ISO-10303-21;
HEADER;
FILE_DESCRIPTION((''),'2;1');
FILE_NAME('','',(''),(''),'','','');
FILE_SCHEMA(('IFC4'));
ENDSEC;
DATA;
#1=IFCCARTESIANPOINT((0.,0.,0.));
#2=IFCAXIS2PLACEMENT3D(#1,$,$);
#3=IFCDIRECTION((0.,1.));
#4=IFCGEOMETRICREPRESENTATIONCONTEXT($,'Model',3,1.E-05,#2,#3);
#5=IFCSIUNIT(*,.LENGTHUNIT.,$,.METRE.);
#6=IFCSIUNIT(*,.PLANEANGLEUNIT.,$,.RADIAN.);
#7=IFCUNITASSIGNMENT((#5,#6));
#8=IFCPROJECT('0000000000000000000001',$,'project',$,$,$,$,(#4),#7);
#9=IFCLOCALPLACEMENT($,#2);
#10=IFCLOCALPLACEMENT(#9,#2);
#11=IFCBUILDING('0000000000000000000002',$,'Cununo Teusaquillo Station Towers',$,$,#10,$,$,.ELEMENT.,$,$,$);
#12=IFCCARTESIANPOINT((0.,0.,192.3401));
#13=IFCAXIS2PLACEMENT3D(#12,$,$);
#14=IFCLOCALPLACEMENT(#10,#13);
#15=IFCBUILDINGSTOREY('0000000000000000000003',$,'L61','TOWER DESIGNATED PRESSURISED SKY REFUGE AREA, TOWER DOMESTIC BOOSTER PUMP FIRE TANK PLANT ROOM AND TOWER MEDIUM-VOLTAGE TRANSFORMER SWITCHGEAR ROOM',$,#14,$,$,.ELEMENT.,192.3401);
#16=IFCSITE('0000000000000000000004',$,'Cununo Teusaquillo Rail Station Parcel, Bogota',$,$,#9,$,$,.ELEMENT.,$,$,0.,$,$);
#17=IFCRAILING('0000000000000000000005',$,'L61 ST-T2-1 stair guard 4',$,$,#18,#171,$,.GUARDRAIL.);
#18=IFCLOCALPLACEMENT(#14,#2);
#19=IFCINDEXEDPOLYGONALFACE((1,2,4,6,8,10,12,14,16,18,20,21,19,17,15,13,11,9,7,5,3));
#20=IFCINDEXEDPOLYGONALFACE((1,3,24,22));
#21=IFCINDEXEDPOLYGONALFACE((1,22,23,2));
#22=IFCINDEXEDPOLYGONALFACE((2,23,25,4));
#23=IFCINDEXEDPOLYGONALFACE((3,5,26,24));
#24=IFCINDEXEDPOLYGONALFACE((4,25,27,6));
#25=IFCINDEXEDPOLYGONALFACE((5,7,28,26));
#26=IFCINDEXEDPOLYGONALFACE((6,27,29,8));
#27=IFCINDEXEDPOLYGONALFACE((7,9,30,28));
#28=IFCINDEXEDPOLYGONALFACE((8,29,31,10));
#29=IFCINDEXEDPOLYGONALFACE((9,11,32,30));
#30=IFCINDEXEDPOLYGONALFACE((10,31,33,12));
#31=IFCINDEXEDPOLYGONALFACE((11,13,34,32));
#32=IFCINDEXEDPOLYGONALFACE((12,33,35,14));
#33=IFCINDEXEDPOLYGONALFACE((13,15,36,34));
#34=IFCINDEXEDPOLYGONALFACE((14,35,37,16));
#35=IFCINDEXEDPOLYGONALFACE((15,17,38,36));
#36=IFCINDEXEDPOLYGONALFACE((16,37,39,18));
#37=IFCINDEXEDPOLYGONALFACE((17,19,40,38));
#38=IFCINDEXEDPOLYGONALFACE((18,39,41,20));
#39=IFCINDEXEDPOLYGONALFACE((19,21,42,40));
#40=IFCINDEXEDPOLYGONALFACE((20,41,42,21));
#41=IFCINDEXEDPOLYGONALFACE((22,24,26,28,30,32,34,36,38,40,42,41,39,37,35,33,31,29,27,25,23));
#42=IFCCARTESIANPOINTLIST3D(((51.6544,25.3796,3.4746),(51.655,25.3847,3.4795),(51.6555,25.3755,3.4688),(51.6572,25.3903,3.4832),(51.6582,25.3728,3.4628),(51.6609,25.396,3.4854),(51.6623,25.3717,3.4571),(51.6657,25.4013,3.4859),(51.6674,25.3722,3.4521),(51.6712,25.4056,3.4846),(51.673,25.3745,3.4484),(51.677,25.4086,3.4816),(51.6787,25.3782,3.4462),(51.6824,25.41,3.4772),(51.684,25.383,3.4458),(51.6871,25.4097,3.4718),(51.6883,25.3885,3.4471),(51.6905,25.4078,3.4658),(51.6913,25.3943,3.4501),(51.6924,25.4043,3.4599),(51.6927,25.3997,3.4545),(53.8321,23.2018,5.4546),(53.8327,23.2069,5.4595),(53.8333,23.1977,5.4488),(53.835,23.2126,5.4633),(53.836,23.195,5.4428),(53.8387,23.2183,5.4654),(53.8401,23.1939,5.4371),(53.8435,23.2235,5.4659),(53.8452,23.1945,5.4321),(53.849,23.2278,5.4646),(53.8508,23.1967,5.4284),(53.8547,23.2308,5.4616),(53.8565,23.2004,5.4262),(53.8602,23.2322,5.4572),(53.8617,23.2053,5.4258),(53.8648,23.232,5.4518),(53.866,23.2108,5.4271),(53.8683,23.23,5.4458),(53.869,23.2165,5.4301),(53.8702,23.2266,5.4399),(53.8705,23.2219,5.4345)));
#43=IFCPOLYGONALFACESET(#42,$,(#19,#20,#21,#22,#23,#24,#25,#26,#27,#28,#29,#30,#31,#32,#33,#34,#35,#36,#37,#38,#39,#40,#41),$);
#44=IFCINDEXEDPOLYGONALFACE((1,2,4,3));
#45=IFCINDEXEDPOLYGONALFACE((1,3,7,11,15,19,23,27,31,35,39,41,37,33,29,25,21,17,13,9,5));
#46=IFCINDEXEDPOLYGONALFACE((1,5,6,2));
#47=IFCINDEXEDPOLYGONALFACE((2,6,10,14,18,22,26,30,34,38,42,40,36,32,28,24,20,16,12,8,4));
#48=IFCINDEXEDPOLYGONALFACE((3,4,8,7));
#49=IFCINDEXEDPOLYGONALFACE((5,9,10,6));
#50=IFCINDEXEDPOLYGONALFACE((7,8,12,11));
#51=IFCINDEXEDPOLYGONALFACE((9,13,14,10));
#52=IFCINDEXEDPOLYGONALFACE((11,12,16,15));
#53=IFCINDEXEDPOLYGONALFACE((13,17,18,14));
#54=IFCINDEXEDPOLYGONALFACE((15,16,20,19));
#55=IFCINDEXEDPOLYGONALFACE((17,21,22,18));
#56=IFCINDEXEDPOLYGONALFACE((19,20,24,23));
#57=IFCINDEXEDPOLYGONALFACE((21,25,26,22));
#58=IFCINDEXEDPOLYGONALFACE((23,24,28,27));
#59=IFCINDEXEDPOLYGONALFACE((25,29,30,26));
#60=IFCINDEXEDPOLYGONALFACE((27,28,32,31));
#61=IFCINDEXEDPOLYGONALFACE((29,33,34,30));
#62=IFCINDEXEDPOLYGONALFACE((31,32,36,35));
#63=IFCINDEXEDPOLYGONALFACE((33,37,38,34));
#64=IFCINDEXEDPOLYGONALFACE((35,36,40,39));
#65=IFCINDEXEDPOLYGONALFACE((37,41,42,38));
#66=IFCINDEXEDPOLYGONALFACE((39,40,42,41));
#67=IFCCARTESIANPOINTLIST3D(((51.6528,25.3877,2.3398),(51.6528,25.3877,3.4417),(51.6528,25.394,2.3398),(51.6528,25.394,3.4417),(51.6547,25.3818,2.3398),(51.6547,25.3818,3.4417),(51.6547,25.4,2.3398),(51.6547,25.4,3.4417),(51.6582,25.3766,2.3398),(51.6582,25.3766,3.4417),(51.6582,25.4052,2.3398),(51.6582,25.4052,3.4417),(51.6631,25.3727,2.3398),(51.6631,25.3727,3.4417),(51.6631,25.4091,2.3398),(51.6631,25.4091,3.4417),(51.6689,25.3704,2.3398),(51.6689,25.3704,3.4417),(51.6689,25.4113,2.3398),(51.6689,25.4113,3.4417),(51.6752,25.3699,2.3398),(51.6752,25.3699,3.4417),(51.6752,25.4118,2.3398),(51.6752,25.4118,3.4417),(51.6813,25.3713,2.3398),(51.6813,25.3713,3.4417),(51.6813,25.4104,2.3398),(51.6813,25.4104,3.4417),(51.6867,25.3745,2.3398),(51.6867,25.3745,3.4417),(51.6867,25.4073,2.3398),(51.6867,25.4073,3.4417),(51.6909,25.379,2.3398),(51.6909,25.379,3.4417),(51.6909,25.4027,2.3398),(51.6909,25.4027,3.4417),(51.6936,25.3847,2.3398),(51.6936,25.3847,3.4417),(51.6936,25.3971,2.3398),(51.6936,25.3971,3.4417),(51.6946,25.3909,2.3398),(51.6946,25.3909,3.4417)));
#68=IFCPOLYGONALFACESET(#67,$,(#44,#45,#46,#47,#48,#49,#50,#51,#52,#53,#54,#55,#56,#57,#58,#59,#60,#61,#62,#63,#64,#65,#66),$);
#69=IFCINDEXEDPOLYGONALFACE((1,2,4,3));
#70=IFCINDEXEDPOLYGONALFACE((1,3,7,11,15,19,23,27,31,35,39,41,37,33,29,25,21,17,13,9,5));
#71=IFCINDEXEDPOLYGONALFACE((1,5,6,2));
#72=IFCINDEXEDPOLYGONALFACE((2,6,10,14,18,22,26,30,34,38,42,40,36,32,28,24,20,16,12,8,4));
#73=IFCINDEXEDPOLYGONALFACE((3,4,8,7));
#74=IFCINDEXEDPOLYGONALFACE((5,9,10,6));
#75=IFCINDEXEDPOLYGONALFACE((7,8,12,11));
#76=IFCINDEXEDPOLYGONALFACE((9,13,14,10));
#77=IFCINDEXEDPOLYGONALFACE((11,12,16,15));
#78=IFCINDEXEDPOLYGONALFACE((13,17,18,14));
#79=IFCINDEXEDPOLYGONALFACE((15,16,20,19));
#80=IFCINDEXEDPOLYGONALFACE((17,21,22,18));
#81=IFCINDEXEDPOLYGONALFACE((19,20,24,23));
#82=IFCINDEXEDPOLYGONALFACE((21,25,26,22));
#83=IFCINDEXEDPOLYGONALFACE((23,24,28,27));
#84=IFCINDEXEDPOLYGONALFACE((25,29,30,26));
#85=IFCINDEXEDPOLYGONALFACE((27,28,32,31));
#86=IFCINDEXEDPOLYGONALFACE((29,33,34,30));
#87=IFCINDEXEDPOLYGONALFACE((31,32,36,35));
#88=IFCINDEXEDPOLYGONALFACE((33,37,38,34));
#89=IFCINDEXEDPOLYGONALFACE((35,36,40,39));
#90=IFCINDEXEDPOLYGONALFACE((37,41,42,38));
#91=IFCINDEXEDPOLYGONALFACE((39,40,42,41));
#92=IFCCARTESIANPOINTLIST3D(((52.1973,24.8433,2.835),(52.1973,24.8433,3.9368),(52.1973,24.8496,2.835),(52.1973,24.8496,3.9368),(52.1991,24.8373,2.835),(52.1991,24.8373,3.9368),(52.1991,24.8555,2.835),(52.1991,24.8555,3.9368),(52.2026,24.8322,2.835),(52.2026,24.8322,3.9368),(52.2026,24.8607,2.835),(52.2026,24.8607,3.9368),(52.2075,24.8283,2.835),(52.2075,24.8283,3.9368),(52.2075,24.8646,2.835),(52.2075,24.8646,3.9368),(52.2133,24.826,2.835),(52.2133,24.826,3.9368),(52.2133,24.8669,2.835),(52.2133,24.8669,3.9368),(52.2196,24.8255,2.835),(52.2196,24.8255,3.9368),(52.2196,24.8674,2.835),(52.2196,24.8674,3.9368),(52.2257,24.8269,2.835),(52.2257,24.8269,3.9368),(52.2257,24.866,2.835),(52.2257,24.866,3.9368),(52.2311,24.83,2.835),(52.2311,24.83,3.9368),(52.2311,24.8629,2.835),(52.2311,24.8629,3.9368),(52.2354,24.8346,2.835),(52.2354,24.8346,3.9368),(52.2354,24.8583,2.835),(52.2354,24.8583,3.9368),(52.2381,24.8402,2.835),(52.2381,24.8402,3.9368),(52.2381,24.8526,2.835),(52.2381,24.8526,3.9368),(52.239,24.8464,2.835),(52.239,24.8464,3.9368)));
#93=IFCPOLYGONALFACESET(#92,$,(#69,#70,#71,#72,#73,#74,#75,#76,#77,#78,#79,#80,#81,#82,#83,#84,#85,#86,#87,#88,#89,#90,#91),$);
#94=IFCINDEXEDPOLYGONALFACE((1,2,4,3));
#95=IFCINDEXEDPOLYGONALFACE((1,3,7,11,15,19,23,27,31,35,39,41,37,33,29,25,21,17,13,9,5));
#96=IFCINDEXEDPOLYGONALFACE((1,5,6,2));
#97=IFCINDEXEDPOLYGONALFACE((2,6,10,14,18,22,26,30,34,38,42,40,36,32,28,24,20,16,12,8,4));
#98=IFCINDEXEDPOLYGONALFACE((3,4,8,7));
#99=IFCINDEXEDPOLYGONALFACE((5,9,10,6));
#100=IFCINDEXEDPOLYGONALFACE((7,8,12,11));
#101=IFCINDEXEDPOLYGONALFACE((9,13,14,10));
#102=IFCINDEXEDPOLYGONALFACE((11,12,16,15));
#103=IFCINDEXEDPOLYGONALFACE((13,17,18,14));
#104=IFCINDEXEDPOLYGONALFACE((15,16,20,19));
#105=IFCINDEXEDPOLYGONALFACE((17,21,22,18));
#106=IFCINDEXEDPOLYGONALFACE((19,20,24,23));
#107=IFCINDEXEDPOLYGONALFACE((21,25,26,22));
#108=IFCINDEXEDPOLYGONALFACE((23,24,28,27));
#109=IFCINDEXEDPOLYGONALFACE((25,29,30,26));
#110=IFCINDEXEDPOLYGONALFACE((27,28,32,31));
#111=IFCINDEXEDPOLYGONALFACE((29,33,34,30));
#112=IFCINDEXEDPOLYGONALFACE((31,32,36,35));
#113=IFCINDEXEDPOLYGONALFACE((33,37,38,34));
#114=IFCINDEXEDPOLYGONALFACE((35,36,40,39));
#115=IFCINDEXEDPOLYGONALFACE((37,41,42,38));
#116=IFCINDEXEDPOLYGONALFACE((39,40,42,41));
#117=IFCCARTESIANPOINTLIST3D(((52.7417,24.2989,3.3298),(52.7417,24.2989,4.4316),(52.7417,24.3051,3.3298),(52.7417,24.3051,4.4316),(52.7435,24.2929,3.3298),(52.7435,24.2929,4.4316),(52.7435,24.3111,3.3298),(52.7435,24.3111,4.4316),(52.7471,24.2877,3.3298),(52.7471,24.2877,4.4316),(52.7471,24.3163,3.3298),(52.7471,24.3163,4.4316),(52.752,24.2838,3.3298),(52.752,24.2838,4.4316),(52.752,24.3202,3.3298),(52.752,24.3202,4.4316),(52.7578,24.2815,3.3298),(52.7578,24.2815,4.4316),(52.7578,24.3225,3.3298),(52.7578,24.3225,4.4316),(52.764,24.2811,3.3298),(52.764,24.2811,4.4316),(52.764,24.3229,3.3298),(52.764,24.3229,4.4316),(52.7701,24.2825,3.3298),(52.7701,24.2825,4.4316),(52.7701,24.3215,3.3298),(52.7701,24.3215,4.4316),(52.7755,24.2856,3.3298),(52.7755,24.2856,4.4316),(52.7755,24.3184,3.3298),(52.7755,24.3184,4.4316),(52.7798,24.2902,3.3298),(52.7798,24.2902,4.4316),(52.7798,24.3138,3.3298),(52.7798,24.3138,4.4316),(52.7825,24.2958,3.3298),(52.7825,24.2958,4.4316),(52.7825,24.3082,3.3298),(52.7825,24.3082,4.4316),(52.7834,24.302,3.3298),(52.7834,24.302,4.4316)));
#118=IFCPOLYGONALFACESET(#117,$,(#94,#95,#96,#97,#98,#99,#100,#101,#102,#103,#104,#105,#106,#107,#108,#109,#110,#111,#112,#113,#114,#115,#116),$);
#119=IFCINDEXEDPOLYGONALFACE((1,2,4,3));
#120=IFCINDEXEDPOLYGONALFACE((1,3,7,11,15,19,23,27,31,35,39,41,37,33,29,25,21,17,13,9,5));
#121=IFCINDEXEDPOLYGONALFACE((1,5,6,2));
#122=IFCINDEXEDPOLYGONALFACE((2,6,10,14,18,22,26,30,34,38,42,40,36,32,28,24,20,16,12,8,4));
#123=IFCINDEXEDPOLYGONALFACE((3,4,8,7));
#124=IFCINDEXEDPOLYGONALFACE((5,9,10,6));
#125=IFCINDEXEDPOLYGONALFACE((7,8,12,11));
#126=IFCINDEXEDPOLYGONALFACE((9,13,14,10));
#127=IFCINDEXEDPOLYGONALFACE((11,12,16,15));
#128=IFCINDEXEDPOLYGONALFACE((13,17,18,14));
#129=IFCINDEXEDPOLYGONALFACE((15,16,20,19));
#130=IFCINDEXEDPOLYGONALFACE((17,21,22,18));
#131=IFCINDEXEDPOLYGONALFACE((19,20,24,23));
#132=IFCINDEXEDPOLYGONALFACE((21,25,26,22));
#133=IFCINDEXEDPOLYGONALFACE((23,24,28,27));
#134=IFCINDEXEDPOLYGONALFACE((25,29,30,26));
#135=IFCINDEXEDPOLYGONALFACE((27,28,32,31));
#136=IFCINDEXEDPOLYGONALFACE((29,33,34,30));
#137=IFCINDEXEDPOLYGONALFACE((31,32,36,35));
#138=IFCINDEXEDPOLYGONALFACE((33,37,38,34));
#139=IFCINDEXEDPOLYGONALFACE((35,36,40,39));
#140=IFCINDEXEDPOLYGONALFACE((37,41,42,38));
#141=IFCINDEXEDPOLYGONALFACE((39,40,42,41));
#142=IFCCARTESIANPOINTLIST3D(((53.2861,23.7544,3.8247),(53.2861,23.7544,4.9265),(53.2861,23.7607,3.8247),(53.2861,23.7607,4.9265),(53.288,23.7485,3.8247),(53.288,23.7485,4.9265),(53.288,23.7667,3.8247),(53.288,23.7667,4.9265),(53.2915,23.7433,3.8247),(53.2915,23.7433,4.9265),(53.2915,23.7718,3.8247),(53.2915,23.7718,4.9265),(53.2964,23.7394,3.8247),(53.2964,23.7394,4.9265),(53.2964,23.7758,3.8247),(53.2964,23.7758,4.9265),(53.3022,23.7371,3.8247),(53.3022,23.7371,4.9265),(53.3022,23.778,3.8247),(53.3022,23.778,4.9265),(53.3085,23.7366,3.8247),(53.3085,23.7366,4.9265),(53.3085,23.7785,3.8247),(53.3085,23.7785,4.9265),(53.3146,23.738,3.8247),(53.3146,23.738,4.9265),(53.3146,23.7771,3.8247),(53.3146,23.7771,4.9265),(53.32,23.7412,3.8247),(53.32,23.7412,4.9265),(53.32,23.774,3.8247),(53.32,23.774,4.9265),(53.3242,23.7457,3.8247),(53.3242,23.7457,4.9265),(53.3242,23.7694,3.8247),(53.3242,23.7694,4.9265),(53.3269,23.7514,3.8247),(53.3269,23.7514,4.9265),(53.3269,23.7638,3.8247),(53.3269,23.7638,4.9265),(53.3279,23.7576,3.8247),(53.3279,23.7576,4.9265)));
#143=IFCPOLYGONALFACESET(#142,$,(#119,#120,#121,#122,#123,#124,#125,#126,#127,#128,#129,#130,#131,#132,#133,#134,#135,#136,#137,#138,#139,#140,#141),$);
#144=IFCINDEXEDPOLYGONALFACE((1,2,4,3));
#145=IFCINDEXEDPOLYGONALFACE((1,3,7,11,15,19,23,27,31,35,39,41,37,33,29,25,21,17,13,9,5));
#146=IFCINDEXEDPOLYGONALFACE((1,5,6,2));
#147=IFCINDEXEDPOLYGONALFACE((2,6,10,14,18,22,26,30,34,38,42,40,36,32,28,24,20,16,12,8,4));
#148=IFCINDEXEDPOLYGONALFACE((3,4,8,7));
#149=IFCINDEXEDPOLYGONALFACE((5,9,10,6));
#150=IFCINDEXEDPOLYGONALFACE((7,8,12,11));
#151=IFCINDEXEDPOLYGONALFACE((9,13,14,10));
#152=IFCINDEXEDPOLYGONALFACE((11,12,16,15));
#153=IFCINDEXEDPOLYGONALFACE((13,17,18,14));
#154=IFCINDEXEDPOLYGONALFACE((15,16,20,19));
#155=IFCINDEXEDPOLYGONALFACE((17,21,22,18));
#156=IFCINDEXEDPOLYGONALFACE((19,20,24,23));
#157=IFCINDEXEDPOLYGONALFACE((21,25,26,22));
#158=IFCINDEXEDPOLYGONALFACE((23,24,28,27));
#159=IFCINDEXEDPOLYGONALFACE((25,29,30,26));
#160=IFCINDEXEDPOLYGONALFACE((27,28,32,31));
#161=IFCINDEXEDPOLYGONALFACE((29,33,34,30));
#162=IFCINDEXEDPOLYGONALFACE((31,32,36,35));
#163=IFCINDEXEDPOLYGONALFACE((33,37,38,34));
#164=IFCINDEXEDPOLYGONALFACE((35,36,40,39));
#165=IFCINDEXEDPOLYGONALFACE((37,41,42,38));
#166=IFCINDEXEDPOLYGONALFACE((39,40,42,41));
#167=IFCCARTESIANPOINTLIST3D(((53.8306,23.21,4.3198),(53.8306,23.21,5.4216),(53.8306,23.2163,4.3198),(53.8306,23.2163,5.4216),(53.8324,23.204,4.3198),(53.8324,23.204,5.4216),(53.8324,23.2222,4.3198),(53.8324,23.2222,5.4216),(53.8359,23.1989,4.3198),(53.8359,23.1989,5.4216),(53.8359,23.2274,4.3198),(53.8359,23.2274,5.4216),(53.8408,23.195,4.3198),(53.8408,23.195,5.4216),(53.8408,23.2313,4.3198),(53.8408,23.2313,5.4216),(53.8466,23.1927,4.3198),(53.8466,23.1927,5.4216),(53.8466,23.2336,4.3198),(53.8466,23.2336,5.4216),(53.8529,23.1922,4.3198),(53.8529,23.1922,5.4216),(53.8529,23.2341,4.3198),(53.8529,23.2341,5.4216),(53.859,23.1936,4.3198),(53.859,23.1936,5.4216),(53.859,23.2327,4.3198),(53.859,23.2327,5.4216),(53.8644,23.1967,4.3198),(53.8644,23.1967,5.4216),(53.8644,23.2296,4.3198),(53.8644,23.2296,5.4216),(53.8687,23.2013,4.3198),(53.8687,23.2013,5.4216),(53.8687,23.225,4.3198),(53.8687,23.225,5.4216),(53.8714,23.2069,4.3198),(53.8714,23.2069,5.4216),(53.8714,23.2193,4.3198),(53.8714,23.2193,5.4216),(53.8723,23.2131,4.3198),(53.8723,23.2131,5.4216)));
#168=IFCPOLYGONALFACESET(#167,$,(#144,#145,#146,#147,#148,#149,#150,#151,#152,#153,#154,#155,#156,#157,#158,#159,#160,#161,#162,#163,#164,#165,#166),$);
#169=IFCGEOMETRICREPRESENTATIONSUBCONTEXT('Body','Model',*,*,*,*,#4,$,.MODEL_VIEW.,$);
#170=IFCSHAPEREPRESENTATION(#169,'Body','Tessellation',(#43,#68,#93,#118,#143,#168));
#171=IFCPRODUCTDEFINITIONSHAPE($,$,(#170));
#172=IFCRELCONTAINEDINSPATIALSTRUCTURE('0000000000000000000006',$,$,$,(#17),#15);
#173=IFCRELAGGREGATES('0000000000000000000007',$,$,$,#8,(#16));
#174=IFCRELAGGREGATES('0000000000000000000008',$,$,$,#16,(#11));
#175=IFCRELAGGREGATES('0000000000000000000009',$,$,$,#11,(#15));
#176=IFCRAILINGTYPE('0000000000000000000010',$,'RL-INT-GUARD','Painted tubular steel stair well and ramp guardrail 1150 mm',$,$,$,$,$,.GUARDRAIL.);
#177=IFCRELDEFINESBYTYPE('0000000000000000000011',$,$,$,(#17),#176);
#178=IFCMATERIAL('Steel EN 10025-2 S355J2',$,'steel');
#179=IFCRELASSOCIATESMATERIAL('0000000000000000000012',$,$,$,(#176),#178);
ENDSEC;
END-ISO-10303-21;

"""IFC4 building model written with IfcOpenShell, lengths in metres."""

from ifc_helpers import new_model, si_unit, direction, frame, origin, origin_2d, place, context, subcontext, project, spatial, circle, extrude, material, type_object, element, save


model = new_model("IFC4")

# Units and contexts
model_context = context("Model", 3, precision=1e-05, world=origin(), true_north=direction((0.0, 1.0)))
body_context = subcontext(model_context, "Body", "Model", "MODEL_VIEW")
ifc_project = project(units=[si_unit("LENGTHUNIT", "METRE"), si_unit("PLANEANGLEUNIT", "RADIAN")], contexts=[model_context])

# Site, building, storey
site_placement = place(None, origin())
site = spatial("IfcSite", under=ifc_project, at=site_placement, Name="Cununo Teusaquillo Rail Station Parcel, Bogota", CompositionType="ELEMENT", RefElevation=0.0)
building_placement = place(site_placement, origin())
building = spatial("IfcBuilding", under=site, at=building_placement, Name="Cununo Teusaquillo Station Towers", CompositionType="ELEMENT")
storey_placement = place(building_placement, frame((0.0, 0.0, 192.3401)))
storey = spatial("IfcBuildingStorey", under=building, at=storey_placement, Name="L61", Description="TOWER DESIGNATED PRESSURISED SKY REFUGE AREA, TOWER DOMESTIC BOOSTER PUMP FIRE TANK PLANT ROOM AND TOWER MEDIUM-VOLTAGE TRANSFORMER SWITCHGEAR ROOM", CompositionType="ELEMENT", Elevation=192.3401)

# Railing
ifc_material_1 = material(Name="Steel EN 10025-2 S355J2", Category="steel")
railing_type_1 = type_object("IfcRailingType", Name="RL-INT-GUARD", Description="Painted tubular steel stair well and ramp guardrail 1150 mm", PredefinedType="GUARDRAIL", material=ifc_material_1)
railing_1_placement = place(storey_placement, frame((51.6736, 25.3909, 2.3398)))
element("IfcRailing", 1, at=railing_1_placement, inside=storey, type_object=railing_type_1, Name="L61 ST-T2-1 stair guard 4", PredefinedType="GUARDRAIL", context=body_context, shape_type="SweptSolid", body=[
    extrude(circle(Radius=0.0239, at=origin_2d()), frame((0.0, 0.0, 1.126), z_axis=(0.594792, -0.594792, 0.540781), x_axis=(0.707107, 0.707107, 0.0)), (0.0, 0.0, 1.0), 3.6614),
    extrude(circle(Radius=0.021, at=origin_2d()), origin(), (0.0, 0.0, 1.0), 1.1018),
    extrude(circle(Radius=0.021, at=origin_2d()), frame((0.5444, -0.5444, 0.4951)), (0.0, 0.0, 1.0), 1.1018),
    extrude(circle(Radius=0.021, at=origin_2d()), frame((1.0889, -1.0889, 0.99)), (0.0, 0.0, 1.0), 1.1018),
    extrude(circle(Radius=0.021, at=origin_2d()), frame((1.6333, -1.6333, 1.4849)), (0.0, 0.0, 1.0), 1.1018),
    extrude(circle(Radius=0.021, at=origin_2d()), frame((2.1777, -2.1777, 1.98)), (0.0, 0.0, 1.0), 1.1018),
])

save(model, "model.ifc")
